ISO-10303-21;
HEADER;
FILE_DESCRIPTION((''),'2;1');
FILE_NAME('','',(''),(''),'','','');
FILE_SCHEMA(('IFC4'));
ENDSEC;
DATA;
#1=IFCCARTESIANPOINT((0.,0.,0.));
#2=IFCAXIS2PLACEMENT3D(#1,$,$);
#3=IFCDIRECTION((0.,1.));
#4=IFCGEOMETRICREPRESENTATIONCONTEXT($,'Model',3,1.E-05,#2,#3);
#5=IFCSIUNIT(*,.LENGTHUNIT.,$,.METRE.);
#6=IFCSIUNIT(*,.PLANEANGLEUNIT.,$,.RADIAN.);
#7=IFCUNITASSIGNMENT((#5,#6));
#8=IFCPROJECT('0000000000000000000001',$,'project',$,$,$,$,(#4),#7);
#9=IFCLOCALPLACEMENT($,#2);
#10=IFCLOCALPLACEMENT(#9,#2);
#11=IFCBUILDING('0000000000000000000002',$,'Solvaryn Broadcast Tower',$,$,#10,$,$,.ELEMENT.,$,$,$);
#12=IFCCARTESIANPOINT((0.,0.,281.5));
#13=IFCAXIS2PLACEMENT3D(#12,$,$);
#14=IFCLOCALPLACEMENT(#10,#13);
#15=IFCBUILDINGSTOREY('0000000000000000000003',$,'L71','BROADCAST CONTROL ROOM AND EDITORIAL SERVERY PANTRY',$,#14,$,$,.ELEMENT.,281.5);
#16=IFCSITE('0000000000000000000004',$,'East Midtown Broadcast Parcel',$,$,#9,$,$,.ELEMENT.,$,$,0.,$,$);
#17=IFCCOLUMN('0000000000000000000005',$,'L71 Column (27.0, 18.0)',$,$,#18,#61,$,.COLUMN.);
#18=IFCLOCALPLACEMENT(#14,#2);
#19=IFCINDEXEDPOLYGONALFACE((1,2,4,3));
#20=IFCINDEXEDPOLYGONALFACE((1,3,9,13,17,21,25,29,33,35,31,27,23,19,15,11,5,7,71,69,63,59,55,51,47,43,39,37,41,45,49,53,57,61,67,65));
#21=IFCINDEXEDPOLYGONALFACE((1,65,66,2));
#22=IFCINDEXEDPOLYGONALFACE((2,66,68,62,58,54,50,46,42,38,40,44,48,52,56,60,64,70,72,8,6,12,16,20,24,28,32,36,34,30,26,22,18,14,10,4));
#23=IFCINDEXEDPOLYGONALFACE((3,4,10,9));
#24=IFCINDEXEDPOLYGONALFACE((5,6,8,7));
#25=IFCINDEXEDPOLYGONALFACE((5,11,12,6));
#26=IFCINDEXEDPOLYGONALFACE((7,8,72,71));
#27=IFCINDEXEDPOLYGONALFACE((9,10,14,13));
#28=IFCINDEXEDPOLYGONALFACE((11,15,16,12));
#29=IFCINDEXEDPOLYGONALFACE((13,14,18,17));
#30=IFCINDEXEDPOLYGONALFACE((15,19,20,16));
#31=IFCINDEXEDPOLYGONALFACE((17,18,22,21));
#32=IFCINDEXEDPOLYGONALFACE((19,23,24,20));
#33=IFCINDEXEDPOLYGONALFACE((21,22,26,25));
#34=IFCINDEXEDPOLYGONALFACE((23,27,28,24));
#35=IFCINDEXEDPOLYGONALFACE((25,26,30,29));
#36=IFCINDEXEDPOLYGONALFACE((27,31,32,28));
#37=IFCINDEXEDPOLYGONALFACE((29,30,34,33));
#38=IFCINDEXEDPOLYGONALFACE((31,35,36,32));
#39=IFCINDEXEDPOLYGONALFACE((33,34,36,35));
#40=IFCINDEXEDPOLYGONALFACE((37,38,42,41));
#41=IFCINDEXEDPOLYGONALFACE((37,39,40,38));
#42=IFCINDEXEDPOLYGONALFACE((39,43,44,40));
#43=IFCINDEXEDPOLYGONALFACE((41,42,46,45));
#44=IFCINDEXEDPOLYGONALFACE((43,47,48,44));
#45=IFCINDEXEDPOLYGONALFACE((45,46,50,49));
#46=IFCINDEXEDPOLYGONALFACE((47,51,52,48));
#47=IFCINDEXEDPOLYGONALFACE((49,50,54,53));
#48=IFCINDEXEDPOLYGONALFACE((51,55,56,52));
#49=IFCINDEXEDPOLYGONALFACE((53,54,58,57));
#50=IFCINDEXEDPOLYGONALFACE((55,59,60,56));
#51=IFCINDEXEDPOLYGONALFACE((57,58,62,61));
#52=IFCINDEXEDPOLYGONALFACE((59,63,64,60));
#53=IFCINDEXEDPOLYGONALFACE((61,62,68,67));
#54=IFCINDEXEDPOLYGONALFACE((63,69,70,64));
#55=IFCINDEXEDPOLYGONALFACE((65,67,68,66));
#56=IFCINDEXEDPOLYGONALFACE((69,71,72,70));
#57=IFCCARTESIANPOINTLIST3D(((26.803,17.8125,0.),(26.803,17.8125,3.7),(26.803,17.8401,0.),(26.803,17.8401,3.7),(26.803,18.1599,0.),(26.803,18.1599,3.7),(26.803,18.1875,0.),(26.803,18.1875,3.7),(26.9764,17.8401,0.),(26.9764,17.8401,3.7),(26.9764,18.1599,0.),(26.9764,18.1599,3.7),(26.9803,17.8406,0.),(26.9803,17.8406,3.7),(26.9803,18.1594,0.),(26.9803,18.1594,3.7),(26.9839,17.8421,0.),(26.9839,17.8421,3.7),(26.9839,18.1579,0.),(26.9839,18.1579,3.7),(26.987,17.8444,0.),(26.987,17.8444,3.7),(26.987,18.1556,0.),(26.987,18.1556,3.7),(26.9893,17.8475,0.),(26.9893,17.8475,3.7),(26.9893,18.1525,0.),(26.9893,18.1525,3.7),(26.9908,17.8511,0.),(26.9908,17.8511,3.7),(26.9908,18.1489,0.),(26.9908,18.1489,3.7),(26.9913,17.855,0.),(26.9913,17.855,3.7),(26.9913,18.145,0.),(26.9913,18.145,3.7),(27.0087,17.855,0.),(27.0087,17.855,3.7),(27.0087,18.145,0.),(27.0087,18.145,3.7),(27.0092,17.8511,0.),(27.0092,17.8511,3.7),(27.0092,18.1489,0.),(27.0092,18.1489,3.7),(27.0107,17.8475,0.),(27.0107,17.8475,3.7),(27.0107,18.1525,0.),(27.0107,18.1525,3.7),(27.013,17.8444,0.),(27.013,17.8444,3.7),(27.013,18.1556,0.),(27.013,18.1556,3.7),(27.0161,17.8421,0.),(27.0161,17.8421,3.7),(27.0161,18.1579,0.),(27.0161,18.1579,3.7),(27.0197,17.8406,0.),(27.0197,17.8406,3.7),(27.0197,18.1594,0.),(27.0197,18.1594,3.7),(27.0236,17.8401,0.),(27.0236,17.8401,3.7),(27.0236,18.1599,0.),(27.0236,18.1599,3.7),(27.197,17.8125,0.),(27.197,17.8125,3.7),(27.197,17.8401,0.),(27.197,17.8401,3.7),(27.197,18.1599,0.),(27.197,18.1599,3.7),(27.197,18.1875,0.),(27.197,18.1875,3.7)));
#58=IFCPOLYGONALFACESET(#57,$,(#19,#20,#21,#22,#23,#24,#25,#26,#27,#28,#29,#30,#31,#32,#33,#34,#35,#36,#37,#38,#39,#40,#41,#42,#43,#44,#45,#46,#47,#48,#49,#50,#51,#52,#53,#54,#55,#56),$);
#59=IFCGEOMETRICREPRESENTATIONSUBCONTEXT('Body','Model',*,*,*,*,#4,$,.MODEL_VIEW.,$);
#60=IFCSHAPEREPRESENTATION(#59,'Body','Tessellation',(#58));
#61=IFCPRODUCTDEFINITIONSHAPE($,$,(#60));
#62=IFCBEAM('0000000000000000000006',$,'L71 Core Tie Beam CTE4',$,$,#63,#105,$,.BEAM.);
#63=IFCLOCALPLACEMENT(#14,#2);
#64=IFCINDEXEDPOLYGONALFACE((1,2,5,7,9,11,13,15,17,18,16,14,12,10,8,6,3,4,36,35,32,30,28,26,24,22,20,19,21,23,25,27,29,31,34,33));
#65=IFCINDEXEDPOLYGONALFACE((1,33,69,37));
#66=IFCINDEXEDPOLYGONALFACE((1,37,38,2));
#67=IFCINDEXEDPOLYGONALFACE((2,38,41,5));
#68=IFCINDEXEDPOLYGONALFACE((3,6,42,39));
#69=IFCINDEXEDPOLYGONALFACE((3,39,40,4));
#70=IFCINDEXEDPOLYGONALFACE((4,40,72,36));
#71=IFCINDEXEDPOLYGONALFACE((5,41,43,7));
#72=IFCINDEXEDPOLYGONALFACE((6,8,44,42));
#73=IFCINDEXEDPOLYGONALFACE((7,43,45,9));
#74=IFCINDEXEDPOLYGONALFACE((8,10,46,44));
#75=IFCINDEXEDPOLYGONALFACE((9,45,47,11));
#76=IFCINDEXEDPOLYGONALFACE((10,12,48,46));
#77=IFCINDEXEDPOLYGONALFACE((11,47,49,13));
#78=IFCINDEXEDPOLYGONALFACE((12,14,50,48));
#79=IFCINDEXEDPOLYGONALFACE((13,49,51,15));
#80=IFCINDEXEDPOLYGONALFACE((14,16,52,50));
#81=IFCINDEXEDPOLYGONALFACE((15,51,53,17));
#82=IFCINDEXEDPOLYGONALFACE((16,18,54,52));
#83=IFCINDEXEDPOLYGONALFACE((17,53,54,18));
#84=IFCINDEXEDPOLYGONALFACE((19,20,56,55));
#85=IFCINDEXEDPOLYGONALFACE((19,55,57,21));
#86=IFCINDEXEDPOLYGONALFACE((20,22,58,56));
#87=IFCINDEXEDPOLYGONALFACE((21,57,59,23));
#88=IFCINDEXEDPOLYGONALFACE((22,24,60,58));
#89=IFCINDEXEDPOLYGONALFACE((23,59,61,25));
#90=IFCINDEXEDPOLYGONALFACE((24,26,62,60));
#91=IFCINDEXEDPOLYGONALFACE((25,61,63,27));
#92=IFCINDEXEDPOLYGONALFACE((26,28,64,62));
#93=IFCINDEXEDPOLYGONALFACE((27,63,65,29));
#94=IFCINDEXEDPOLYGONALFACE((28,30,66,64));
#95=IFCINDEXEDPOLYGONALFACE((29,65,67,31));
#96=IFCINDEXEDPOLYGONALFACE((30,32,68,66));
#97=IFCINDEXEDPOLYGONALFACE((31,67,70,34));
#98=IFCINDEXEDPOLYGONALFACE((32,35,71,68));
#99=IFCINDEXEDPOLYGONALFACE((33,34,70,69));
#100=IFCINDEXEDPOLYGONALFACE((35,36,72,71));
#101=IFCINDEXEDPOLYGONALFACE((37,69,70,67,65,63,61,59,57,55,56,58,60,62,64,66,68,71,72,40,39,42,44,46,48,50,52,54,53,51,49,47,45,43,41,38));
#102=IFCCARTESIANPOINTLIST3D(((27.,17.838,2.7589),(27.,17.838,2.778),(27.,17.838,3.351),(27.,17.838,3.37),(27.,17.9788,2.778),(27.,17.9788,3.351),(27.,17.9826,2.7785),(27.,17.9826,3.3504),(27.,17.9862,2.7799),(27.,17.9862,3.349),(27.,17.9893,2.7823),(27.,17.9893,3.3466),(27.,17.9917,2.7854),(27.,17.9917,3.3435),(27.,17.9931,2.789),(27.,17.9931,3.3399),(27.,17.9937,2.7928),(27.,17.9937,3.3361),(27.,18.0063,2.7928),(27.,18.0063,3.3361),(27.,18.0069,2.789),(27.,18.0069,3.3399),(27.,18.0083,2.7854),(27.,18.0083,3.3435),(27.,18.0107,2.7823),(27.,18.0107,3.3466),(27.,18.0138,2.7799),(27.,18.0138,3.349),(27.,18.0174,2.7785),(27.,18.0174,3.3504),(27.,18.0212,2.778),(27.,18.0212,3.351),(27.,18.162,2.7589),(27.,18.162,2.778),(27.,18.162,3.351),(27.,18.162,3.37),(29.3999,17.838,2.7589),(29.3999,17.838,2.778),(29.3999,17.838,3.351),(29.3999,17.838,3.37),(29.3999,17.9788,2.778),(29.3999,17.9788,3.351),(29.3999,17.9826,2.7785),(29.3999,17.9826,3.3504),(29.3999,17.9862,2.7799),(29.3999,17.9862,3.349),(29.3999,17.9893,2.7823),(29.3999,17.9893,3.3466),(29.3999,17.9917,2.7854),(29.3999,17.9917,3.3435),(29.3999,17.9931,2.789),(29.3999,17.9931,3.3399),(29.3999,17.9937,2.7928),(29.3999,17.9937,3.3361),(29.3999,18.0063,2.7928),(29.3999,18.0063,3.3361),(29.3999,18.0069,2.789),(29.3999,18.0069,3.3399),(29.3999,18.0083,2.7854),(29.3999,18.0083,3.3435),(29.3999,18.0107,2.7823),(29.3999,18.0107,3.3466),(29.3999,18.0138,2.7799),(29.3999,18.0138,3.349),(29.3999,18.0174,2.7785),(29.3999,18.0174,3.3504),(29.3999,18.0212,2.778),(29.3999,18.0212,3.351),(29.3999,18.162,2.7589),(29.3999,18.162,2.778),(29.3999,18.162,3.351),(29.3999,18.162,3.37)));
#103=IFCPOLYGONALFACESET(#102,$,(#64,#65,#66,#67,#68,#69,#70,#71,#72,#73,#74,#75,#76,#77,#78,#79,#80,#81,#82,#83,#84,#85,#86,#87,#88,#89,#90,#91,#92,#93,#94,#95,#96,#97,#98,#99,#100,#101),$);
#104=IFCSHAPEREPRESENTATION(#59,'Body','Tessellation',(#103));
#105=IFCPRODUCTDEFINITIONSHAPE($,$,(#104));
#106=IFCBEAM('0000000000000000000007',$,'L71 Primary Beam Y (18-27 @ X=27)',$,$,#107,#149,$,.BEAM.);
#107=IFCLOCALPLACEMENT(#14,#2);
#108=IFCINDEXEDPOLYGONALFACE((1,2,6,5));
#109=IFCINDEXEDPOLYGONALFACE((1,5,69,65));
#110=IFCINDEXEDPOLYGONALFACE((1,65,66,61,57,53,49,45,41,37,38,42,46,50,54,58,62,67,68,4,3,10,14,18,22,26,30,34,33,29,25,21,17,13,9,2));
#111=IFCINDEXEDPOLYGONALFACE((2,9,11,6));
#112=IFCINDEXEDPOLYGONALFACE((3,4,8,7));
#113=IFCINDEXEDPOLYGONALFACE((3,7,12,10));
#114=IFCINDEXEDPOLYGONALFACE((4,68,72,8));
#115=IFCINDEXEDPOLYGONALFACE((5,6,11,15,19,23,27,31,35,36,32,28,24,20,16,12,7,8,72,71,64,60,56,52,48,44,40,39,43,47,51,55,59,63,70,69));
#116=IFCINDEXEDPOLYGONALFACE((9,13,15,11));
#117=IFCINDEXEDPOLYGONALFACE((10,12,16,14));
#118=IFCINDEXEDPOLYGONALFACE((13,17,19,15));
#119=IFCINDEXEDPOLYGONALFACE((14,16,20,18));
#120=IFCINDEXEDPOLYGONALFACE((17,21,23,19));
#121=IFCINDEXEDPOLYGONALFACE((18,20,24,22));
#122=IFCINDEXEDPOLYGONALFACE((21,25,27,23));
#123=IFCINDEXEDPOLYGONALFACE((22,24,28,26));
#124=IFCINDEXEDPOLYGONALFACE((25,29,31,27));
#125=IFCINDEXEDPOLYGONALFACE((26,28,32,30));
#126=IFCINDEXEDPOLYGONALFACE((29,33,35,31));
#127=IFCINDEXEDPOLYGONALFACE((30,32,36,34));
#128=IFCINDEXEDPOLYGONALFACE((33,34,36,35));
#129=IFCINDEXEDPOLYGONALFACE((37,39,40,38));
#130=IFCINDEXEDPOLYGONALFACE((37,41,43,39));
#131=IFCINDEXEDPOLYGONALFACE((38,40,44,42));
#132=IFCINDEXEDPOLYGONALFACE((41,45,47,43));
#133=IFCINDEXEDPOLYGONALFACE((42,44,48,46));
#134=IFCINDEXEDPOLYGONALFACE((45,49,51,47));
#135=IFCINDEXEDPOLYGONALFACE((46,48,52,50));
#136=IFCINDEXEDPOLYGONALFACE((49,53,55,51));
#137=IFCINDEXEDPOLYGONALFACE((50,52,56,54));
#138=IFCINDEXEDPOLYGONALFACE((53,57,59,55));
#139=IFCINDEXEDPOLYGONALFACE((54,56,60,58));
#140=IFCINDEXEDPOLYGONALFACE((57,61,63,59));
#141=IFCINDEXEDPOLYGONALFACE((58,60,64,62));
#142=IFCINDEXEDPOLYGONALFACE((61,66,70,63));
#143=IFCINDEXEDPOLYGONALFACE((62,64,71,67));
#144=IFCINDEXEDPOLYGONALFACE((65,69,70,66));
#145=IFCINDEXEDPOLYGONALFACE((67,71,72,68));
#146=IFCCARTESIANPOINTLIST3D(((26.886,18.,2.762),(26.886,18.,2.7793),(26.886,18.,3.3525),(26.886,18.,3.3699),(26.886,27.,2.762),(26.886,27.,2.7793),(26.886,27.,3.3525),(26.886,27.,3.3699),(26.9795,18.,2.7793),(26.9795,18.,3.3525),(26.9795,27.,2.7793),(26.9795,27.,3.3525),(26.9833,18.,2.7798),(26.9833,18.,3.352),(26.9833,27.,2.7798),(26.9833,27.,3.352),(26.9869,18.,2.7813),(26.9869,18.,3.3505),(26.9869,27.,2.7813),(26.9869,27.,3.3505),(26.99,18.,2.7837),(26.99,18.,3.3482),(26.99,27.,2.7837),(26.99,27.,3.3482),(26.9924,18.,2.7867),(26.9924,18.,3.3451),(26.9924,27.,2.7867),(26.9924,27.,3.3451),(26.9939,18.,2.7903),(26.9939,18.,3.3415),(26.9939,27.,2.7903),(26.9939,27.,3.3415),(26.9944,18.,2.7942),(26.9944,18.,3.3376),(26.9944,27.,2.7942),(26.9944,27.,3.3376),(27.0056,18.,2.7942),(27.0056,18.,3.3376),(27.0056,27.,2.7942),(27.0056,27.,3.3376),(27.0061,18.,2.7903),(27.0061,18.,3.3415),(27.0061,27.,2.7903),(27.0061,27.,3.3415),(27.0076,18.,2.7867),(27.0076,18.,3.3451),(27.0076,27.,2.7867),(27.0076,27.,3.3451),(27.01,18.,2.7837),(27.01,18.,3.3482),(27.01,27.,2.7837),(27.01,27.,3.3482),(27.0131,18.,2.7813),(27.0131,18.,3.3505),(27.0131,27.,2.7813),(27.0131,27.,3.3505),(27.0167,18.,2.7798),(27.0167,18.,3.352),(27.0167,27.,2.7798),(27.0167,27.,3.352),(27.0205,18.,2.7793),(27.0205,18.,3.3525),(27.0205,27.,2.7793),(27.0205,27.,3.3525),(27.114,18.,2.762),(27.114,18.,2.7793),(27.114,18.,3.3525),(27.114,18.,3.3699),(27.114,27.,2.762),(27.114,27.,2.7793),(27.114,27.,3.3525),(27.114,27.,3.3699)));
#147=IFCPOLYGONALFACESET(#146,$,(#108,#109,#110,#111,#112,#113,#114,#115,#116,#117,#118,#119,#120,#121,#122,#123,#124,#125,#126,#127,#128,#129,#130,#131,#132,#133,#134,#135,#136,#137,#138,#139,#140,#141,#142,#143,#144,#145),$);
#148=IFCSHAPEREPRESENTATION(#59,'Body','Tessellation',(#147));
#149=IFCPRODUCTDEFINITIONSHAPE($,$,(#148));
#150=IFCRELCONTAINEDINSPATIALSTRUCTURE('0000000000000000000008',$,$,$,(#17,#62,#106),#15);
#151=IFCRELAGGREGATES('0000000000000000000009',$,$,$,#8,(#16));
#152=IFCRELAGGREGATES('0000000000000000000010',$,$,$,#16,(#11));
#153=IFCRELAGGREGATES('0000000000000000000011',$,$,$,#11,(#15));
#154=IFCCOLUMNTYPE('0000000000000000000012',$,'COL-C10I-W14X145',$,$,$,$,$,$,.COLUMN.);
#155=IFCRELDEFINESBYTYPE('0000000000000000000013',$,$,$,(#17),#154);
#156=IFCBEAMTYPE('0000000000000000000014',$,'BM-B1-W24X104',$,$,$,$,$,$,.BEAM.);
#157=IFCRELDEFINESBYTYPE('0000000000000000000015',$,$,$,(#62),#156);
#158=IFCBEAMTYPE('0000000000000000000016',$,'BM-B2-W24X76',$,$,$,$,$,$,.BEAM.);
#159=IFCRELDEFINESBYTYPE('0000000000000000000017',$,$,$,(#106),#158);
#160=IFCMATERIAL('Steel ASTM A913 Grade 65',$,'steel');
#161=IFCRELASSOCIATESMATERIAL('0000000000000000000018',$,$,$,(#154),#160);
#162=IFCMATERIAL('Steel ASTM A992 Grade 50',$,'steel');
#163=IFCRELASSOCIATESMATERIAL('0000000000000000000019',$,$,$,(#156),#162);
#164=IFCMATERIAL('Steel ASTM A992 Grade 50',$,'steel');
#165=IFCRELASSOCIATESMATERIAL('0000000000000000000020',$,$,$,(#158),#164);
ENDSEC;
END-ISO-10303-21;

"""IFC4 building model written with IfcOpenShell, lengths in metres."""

from ifc_helpers import new_model, si_unit, direction, frame, origin, origin_2d, place, context, subcontext, project, spatial, i_section, extrude, material, material_profile, profile_set, type_object, element, save


model = new_model("IFC4")

# Units and contexts
model_context = context("Model", 3, precision=1e-05, world=origin(), true_north=direction((0.0, 1.0)))
body_context = subcontext(model_context, "Body", "Model", "MODEL_VIEW")
ifc_project = project(units=[si_unit("LENGTHUNIT", "METRE"), si_unit("PLANEANGLEUNIT", "RADIAN")], contexts=[model_context])

# Site, building, storey
site_placement = place(None, origin())
site = spatial("IfcSite", under=ifc_project, at=site_placement, Name="East Midtown Broadcast Parcel", CompositionType="ELEMENT", RefElevation=0.0)
building_placement = place(site_placement, origin())
building = spatial("IfcBuilding", under=site, at=building_placement, Name="Solvaryn Broadcast Tower", CompositionType="ELEMENT")
storey_placement = place(building_placement, frame((0.0, 0.0, 281.5)))
storey = spatial("IfcBuildingStorey", under=building, at=storey_placement, Name="L71", Description="BROADCAST CONTROL ROOM AND EDITORIAL SERVERY PANTRY", CompositionType="ELEMENT", Elevation=281.5)

# Column
ifc_material_1 = material(Name="Steel ASTM A913 Grade 65", Category="steel")
ifc_material_profile_1 = material_profile(ifc_material_1, i_section(OverallWidth=0.394, OverallDepth=0.375, WebThickness=0.0173, FlangeThickness=0.0276, FilletRadius=0.0149, at=origin_2d()))
ifc_profile_set_1 = profile_set([ifc_material_profile_1], Name="Steel ASTM A913 Grade 65")
column_type = type_object("IfcColumnType", Name="COL-C10I-W14X145", PredefinedType="COLUMN", material=ifc_profile_set_1)
column_placement = place(storey_placement, frame((27.0, 18.0, 0.0), z_axis=(0.0, 0.0, 1.0), x_axis=(1.0, 0.0, 0.0)))
element("IfcColumn", 1, at=column_placement, inside=storey, type_object=column_type, Name="L71 Column (27.0, 18.0)", PredefinedType="COLUMN", context=body_context, shape_type="SweptSolid", body=[
    extrude(i_section(OverallWidth=0.394, OverallDepth=0.375, WebThickness=0.0173, FlangeThickness=0.0276, FilletRadius=0.0149, at=origin_2d()), origin(), (0.0, 0.0, 1.0), 3.7),
])

# Beams
ifc_material_2 = material(Name="Steel ASTM A992 Grade 50", Category="steel")
ifc_material_profile_2 = material_profile(ifc_material_2, i_section(OverallWidth=0.324, OverallDepth=0.6111, WebThickness=0.0127, FlangeThickness=0.019, FilletRadius=0.0149, at=origin_2d()))
ifc_profile_set_2 = profile_set([ifc_material_profile_2], Name="Steel ASTM A992 Grade 50")
beam_type_1 = type_object("IfcBeamType", Name="BM-B1-W24X104", PredefinedType="BEAM", material=ifc_profile_set_2)
beam_1_placement = place(storey_placement, frame((27.0, 18.0, 3.0645), z_axis=(1.0, 0.0, 0.0), x_axis=(0.0, 1.0, 0.0)))
element("IfcBeam", 2, at=beam_1_placement, inside=storey, type_object=beam_type_1, Name="L71 Core Tie Beam CTE4", PredefinedType="BEAM", context=body_context, shape_type="SweptSolid", body=[
    extrude(i_section(OverallWidth=0.324, OverallDepth=0.6111, WebThickness=0.0127, FlangeThickness=0.019, FilletRadius=0.0149, at=origin_2d()), origin(), (0.0, 0.0, 1.0), 2.3999),
])
ifc_material_3 = material(Name="Steel ASTM A992 Grade 50", Category="steel")
ifc_material_profile_3 = material_profile(ifc_material_3, i_section(OverallWidth=0.228, OverallDepth=0.6079, WebThickness=0.0112, FlangeThickness=0.0173, FilletRadius=0.0149, at=origin_2d()))
ifc_profile_set_3 = profile_set([ifc_material_profile_3], Name="Steel ASTM A992 Grade 50")
beam_type_2 = type_object("IfcBeamType", Name="BM-B2-W24X76", PredefinedType="BEAM", material=ifc_profile_set_3)
beam_2_placement = place(storey_placement, frame((27.0, 18.0, 3.0659), z_axis=(0.0, 1.0, 0.0), x_axis=(-1.0, 0.0, 0.0)))
element("IfcBeam", 3, at=beam_2_placement, inside=storey, type_object=beam_type_2, Name="L71 Primary Beam Y (18-27 @ X=27)", PredefinedType="BEAM", context=body_context, shape_type="SweptSolid", body=[
    extrude(i_section(OverallWidth=0.228, OverallDepth=0.6079, WebThickness=0.0112, FlangeThickness=0.0173, FilletRadius=0.0149, at=origin_2d()), origin(), (0.0, 0.0, 1.0), 9.0),
])

save(model, "model.ifc")
